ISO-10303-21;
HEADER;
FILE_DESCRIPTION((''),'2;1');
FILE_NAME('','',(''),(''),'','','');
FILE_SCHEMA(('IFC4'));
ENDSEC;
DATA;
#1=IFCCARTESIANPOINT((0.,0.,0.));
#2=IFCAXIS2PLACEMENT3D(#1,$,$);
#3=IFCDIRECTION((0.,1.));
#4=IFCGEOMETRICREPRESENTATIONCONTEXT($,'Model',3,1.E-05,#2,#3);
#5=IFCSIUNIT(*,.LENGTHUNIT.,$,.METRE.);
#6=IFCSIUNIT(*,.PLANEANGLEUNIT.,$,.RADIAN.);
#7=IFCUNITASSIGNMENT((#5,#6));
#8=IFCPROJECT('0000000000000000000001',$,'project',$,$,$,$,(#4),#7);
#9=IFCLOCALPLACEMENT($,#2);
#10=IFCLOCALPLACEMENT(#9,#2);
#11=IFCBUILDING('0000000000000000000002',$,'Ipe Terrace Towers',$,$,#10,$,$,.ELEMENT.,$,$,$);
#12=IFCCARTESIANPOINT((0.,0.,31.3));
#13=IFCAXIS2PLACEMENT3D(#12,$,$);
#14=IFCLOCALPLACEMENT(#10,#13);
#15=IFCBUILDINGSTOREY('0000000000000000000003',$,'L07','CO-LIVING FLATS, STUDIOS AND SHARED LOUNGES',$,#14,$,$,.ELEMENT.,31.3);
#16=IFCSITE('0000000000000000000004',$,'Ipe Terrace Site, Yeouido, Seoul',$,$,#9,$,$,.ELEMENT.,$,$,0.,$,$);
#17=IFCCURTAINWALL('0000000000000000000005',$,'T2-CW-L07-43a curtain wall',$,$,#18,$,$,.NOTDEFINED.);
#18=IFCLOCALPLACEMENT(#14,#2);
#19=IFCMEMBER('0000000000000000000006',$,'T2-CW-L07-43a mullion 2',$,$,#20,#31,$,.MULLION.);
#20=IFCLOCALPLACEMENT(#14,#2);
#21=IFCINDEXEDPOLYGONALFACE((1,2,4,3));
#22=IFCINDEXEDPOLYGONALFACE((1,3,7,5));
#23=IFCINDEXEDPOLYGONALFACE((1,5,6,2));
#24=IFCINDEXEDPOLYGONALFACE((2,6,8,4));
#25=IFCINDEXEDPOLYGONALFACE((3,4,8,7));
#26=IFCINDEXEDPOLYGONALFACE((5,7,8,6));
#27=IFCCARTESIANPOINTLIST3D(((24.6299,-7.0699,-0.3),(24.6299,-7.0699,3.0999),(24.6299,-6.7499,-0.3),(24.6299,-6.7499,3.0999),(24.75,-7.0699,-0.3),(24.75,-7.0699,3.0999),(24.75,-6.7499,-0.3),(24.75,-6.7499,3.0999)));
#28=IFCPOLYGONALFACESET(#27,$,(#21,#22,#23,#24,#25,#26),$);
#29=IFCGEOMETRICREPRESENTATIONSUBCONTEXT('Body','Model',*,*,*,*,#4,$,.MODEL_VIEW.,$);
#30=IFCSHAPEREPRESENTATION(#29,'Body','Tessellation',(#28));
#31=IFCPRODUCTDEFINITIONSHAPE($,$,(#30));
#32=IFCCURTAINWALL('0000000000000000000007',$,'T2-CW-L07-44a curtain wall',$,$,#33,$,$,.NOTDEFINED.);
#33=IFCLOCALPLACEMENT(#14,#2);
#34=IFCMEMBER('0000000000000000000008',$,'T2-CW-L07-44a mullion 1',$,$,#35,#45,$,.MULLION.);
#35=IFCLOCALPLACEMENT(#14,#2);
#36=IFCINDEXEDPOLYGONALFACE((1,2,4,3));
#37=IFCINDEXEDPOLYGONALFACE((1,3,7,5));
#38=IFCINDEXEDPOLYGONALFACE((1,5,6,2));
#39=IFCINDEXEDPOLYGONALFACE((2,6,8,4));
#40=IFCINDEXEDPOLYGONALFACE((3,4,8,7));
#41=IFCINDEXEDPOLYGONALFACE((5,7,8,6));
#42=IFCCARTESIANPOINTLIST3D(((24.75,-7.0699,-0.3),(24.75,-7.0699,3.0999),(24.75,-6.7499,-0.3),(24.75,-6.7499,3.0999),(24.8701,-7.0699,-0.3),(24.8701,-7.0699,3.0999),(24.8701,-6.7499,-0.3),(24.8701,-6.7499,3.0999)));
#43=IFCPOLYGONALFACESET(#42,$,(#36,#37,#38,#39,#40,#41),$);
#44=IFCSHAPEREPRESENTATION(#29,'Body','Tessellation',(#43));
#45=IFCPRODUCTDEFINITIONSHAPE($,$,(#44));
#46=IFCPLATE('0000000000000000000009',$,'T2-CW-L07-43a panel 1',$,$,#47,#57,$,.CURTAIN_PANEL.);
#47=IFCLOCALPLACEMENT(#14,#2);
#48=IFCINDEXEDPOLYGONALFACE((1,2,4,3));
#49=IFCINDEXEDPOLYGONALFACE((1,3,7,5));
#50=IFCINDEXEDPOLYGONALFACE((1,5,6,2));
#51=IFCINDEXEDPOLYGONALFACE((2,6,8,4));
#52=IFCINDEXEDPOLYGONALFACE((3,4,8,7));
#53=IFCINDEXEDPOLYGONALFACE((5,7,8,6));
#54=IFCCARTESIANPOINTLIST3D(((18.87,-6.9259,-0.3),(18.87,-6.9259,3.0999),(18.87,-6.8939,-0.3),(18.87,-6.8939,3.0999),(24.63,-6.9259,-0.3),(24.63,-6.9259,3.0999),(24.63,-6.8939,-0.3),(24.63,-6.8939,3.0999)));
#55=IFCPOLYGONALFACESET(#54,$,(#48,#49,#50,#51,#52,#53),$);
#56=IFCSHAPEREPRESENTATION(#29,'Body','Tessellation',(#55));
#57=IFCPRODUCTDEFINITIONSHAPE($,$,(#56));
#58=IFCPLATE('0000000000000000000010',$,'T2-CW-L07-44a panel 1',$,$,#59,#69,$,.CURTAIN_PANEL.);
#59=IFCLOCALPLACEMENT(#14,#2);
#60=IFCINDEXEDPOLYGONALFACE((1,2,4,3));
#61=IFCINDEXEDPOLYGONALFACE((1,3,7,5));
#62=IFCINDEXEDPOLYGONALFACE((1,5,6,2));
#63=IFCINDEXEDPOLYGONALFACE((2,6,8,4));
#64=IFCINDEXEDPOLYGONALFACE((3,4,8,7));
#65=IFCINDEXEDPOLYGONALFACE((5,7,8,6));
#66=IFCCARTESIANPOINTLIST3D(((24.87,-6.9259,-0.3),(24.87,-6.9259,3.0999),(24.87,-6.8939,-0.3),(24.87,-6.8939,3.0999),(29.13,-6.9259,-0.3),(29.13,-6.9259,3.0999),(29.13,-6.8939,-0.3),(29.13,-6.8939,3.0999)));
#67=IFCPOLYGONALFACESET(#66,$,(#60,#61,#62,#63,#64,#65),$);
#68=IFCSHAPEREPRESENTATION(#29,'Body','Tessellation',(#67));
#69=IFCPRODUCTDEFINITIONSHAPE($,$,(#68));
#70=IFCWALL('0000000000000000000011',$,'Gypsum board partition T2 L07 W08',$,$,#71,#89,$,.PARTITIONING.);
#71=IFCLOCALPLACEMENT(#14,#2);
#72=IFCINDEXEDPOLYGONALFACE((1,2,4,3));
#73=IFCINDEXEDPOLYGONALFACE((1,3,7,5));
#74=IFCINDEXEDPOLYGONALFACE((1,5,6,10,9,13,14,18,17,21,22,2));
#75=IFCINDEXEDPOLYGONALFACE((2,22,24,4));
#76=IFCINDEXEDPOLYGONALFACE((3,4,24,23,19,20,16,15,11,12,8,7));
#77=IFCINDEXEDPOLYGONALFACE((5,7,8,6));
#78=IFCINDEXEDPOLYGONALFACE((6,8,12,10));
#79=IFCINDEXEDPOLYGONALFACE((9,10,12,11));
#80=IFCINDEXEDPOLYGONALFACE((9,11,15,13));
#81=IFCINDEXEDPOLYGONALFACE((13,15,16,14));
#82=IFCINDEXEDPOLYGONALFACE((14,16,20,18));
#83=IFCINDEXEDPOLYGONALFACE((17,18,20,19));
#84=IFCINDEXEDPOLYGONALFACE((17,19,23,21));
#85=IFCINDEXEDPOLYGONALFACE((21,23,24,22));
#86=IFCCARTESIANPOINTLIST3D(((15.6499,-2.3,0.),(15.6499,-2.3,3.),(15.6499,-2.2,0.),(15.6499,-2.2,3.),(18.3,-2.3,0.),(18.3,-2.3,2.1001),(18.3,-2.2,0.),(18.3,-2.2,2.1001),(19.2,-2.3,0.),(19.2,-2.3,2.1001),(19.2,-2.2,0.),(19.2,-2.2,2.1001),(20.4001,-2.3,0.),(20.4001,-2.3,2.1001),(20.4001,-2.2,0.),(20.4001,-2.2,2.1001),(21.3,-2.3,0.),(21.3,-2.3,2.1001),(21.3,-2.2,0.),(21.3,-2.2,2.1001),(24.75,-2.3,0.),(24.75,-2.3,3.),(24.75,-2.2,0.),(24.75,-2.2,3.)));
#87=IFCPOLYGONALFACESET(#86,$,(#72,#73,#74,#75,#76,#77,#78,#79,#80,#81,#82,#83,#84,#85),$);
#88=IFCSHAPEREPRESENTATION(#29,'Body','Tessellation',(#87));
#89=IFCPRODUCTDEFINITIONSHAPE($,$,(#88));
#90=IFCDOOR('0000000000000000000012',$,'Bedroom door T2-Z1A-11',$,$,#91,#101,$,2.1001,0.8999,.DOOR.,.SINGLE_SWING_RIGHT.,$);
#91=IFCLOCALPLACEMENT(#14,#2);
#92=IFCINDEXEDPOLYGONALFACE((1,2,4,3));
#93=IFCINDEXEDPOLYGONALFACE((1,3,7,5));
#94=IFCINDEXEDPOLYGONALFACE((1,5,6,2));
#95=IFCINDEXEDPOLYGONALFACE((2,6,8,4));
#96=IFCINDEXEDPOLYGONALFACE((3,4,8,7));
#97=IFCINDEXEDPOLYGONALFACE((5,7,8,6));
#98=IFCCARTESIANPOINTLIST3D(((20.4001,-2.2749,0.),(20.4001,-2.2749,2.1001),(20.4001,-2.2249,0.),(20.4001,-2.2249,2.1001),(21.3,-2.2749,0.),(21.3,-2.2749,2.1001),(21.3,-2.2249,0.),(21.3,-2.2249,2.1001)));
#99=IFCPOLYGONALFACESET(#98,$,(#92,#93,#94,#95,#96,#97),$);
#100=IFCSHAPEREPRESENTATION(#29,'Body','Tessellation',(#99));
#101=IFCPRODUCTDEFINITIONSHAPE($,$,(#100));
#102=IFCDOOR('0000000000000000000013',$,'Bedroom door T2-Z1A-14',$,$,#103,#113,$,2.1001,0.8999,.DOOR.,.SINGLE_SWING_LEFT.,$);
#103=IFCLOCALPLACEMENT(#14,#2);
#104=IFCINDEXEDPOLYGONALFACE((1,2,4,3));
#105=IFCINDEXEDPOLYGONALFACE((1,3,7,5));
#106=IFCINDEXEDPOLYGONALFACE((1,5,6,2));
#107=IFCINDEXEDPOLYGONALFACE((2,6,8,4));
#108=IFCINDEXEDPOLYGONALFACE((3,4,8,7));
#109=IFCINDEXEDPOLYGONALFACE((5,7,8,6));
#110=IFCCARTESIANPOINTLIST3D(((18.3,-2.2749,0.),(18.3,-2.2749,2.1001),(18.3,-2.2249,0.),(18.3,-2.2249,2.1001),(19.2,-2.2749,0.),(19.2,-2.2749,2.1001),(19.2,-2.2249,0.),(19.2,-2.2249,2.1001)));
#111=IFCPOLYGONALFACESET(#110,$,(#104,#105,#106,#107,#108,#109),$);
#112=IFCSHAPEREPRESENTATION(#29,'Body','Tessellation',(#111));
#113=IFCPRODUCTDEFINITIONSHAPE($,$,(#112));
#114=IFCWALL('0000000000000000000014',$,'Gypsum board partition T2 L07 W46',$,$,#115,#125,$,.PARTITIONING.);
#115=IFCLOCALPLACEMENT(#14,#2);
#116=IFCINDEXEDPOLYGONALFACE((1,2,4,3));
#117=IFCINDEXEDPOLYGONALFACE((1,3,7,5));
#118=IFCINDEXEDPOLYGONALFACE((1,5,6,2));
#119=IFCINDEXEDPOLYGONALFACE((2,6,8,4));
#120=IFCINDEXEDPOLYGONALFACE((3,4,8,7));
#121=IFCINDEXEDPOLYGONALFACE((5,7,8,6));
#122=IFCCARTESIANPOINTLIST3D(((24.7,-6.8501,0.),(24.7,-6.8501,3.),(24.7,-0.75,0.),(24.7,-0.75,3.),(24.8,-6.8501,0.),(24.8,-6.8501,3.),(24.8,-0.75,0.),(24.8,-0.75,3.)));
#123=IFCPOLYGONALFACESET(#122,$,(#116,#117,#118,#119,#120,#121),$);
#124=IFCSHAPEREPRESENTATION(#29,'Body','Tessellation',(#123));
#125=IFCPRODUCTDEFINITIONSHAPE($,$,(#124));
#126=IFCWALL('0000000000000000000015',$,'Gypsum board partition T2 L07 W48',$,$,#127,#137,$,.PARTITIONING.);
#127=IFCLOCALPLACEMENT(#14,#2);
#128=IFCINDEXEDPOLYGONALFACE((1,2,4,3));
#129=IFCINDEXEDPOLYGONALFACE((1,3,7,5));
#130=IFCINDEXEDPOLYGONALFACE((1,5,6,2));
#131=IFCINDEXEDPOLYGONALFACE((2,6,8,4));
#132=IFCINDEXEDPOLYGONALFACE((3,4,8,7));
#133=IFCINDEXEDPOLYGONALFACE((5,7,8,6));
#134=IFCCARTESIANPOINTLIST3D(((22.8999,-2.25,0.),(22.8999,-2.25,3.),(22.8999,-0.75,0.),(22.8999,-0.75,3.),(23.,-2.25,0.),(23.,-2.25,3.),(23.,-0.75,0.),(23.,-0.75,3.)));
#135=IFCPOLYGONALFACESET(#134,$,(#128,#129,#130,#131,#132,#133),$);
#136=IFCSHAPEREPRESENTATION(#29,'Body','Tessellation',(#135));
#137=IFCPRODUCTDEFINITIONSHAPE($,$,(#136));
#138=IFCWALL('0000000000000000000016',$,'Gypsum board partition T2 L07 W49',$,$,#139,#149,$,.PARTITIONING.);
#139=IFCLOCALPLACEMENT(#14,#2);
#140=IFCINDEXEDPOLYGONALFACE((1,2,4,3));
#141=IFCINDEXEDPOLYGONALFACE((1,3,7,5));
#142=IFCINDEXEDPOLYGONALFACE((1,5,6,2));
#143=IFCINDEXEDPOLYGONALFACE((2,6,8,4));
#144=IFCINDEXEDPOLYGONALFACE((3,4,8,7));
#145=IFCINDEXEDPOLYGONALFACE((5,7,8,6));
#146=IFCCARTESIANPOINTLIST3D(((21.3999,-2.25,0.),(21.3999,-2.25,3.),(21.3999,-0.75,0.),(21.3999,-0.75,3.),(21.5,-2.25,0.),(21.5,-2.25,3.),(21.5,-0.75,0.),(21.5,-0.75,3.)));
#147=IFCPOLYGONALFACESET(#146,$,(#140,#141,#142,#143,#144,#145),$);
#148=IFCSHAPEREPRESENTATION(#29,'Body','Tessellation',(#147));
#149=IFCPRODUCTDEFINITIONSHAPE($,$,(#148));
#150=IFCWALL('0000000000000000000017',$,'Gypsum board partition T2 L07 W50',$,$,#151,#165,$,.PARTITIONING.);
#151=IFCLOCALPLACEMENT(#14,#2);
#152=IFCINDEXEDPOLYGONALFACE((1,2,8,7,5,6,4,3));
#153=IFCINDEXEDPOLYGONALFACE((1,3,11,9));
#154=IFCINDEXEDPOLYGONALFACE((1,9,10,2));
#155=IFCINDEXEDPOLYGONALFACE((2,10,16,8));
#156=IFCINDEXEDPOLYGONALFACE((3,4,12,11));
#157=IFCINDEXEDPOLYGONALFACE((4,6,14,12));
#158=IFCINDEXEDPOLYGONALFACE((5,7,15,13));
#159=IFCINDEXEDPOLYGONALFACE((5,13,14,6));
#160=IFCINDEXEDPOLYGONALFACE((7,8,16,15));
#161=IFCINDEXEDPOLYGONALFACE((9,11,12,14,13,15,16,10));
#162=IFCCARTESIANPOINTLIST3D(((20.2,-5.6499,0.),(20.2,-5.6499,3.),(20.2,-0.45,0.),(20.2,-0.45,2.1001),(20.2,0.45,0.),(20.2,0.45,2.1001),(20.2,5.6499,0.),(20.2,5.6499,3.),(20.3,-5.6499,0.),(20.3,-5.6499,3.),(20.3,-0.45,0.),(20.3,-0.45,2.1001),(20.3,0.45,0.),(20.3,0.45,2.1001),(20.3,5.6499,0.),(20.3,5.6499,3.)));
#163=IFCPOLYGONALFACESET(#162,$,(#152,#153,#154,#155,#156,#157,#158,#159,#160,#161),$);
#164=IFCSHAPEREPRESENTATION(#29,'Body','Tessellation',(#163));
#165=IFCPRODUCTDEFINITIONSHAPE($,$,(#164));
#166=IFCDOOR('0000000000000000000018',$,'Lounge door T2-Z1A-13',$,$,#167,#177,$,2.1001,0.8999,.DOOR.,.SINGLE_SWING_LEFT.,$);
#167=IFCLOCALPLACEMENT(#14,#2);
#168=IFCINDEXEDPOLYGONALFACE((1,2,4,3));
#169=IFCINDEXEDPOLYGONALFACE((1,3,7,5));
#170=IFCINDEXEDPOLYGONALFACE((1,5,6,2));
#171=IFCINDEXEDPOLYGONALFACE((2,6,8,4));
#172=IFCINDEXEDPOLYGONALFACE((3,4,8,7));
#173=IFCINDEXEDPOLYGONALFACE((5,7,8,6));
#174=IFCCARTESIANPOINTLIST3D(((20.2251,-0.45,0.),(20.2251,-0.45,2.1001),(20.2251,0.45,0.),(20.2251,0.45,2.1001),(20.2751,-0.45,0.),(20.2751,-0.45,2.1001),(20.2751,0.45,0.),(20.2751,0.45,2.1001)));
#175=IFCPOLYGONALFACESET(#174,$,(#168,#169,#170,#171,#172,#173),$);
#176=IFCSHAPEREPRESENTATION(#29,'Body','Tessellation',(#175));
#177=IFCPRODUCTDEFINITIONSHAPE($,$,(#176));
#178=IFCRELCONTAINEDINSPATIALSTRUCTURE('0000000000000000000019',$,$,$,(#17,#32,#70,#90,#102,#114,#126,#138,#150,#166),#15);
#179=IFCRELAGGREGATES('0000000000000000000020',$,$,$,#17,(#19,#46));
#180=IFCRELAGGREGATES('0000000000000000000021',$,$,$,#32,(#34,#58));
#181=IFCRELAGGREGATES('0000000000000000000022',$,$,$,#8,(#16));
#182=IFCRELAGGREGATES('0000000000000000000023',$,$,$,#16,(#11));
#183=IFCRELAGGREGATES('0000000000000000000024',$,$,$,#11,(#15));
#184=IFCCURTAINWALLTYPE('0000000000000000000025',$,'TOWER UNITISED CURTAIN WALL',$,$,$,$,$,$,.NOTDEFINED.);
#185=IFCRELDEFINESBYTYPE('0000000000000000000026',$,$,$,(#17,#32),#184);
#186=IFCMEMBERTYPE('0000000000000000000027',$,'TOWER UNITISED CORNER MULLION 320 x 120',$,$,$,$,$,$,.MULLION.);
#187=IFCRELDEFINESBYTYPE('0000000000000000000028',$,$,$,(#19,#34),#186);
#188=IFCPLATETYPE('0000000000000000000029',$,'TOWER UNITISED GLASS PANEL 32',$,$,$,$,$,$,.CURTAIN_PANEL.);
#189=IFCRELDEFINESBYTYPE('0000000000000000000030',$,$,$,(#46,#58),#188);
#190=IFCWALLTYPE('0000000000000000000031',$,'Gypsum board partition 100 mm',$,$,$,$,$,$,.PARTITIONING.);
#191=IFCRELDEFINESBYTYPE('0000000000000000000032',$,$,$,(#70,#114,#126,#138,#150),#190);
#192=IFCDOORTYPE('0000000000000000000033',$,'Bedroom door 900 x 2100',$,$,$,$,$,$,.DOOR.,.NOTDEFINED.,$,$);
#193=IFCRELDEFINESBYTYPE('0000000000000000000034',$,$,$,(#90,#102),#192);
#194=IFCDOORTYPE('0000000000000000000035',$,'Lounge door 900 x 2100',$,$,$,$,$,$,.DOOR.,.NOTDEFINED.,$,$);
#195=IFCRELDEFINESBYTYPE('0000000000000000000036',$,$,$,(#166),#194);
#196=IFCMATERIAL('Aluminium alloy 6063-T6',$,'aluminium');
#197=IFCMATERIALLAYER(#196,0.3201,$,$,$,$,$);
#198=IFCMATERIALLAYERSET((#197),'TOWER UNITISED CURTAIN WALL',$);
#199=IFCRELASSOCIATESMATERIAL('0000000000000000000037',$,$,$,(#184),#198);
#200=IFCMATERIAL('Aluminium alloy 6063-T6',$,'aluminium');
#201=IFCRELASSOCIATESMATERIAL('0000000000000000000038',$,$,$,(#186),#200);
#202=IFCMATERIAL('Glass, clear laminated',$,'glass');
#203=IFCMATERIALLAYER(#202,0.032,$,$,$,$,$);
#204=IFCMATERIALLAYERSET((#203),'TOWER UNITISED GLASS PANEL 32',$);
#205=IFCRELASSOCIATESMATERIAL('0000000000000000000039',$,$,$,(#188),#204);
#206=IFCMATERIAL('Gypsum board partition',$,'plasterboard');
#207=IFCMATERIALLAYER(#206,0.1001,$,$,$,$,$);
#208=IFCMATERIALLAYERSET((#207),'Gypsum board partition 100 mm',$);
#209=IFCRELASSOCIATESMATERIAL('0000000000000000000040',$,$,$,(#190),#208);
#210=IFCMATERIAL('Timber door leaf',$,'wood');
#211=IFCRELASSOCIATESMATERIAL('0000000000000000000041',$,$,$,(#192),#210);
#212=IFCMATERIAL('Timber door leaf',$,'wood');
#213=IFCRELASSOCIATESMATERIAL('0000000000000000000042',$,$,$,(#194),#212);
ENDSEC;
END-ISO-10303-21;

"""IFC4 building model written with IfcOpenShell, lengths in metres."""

from ifc_helpers import new_model, si_unit, direction, frame, frame_2d, origin, origin_2d, place, context, subcontext, project, spatial, rectangle, extrude, material, layer, layer_set, material_profile, profile_set, type_object, element, fill, aggregate, save


model = new_model("IFC4")

# Units and contexts
model_context = context("Model", 3, precision=1e-05, world=origin(), true_north=direction((0.0, 1.0)))
body_context = subcontext(model_context, "Body", "Model", "MODEL_VIEW")
ifc_project = project(units=[si_unit("LENGTHUNIT", "METRE"), si_unit("PLANEANGLEUNIT", "RADIAN")], contexts=[model_context])

# Site, building, storey
site_placement = place(None, origin())
site = spatial("IfcSite", under=ifc_project, at=site_placement, Name="Ipe Terrace Site, Yeouido, Seoul", CompositionType="ELEMENT", RefElevation=0.0)
building_placement = place(site_placement, origin())
building = spatial("IfcBuilding", under=site, at=building_placement, Name="Ipe Terrace Towers", CompositionType="ELEMENT")
storey_placement = place(building_placement, frame((0.0, 0.0, 31.3)))
storey = spatial("IfcBuildingStorey", under=building, at=storey_placement, Name="L07", Description="CO-LIVING FLATS, STUDIOS AND SHARED LOUNGES", CompositionType="ELEMENT", Elevation=31.3)

# Curtain walls, members
ifc_material_1 = material(Name="Aluminium alloy 6063-T6", Category="aluminium")
ifc_layer_1 = layer(ifc_material_1, 0.3201)
ifc_layer_set_1 = layer_set([ifc_layer_1], Name="TOWER UNITISED CURTAIN WALL")
curtain_wall_type = type_object("IfcCurtainWallType", Name="TOWER UNITISED CURTAIN WALL", PredefinedType="NOTDEFINED", material=ifc_layer_set_1)
curtain_wall_1_placement = place(storey_placement, origin())
curtain_wall_1 = element("IfcCurtainWall", 1, at=curtain_wall_1_placement, inside=storey, type_object=curtain_wall_type, Name="T2-CW-L07-43a curtain wall", PredefinedType="NOTDEFINED")
ifc_material_2 = material(Name="Aluminium alloy 6063-T6", Category="aluminium")
ifc_material_profile_1 = material_profile(ifc_material_2, rectangle(XDim=0.3201, YDim=0.1201, at=origin_2d()), Name="TOWER UNITISED CORNER MULLION 320 x 120")
ifc_profile_set_1 = profile_set([ifc_material_profile_1], Name="Aluminium alloy 6063-T6")
member_type = type_object("IfcMemberType", Name="TOWER UNITISED CORNER MULLION 320 x 120", PredefinedType="MULLION", material=ifc_profile_set_1)
member_1_placement = place(storey_placement, frame((24.6899, -6.9099, -0.3), z_axis=(0.0, 0.0, 1.0), x_axis=(0.0, -1.0, 0.0)))
member_1 = element("IfcMember", 2, at=member_1_placement, type_object=member_type, Name="T2-CW-L07-43a mullion 2", PredefinedType="MULLION", context=body_context, shape_type="SweptSolid", body=[
    extrude(rectangle(XDim=0.3201, YDim=0.1201, at=origin_2d()), origin(), (0.0, 0.0, 1.0), 3.3999),
])
curtain_wall_2_placement = place(storey_placement, origin())
curtain_wall_2 = element("IfcCurtainWall", 3, at=curtain_wall_2_placement, inside=storey, type_object=curtain_wall_type, Name="T2-CW-L07-44a curtain wall", PredefinedType="NOTDEFINED")
member_2_placement = place(storey_placement, frame((24.8101, -6.9099, -0.3), z_axis=(0.0, 0.0, 1.0), x_axis=(0.0, -1.0, 0.0)))
member_2 = element("IfcMember", 4, at=member_2_placement, type_object=member_type, Name="T2-CW-L07-44a mullion 1", PredefinedType="MULLION", context=body_context, shape_type="SweptSolid", body=[
    extrude(rectangle(XDim=0.3201, YDim=0.1201, at=origin_2d()), origin(), (0.0, 0.0, 1.0), 3.3999),
])

# Plates
ifc_material_3 = material(Name="Glass, clear laminated", Category="glass")
ifc_layer_2 = layer(ifc_material_3, 0.032)
ifc_layer_set_2 = layer_set([ifc_layer_2], Name="TOWER UNITISED GLASS PANEL 32")
plate_type = type_object("IfcPlateType", Name="TOWER UNITISED GLASS PANEL 32", PredefinedType="CURTAIN_PANEL", material=ifc_layer_set_2)
plate_1_placement = place(storey_placement, frame((21.75, -6.9099, -0.3), z_axis=(0.0, 0.0, 1.0), x_axis=(1.0, 0.0, 0.0)))
plate_1 = element("IfcPlate", 5, at=plate_1_placement, type_object=plate_type, Name="T2-CW-L07-43a panel 1", PredefinedType="CURTAIN_PANEL", context=body_context, shape_type="SweptSolid", body=[
    extrude(rectangle(XDim=5.76, YDim=0.032, at=origin_2d()), origin(), (0.0, 0.0, 1.0), 3.3999),
])
aggregate(curtain_wall_1, [member_1, plate_1])
plate_2_placement = place(storey_placement, frame((27.0, -6.9099, -0.3), z_axis=(0.0, 0.0, 1.0), x_axis=(1.0, 0.0, 0.0)))
plate_2 = element("IfcPlate", 6, at=plate_2_placement, type_object=plate_type, Name="T2-CW-L07-44a panel 1", PredefinedType="CURTAIN_PANEL", context=body_context, shape_type="SweptSolid", body=[
    extrude(rectangle(XDim=4.26, YDim=0.032, at=origin_2d()), origin(), (0.0, 0.0, 1.0), 3.3999),
])
aggregate(curtain_wall_2, [member_2, plate_2])

# Wall, openings, doors
ifc_material_4 = material(Name="Gypsum board partition", Category="plasterboard")
ifc_layer_3 = layer(ifc_material_4, 0.1001)
ifc_layer_set_3 = layer_set([ifc_layer_3], Name="Gypsum board partition 100 mm")
wall_type = type_object("IfcWallType", Name="Gypsum board partition 100 mm", PredefinedType="PARTITIONING", material=ifc_layer_set_3)
wall_1_placement = place(storey_placement, frame((24.75, -2.25, 0.0), z_axis=(0.0, 0.0, 1.0), x_axis=(-1.0, 0.0, 0.0)))
wall_1 = element("IfcWall", 7, at=wall_1_placement, inside=storey, type_object=wall_type, Name="Gypsum board partition T2 L07 W08", PredefinedType="PARTITIONING", context=body_context, shape_type="SweptSolid", body=[
    extrude(rectangle(XDim=9.1001, YDim=0.1001, at=frame_2d((4.55, 0.0))), origin(), (0.0, 0.0, 1.0), 3.0),
])
opening_1_placement = place(wall_1_placement, frame((3.45, 0.0, 0.0)))
opening_1 = element("IfcOpeningElement", 8, at=opening_1_placement, cuts=wall_1, PredefinedType="OPENING", context=body_context, shape_type="SweptSolid", body=[
    extrude(rectangle(XDim=0.8999, YDim=2.1001, at=frame_2d((0.45, 1.05))), frame((0.0, 0.0601, 0.0), z_axis=(0.0, -1.0, 0.0), x_axis=(1.0, 0.0, 0.0)), (0.0, 0.0, 1.0), 0.1201),
])
opening_2_placement = place(wall_1_placement, frame((5.55, 0.0, 0.0)))
opening_2 = element("IfcOpeningElement", 9, at=opening_2_placement, cuts=wall_1, PredefinedType="OPENING", context=body_context, shape_type="SweptSolid", body=[
    extrude(rectangle(XDim=0.8999, YDim=2.1001, at=frame_2d((0.45, 1.05))), frame((0.0, 0.0601, 0.0), z_axis=(0.0, -1.0, 0.0), x_axis=(1.0, 0.0, 0.0)), (0.0, 0.0, 1.0), 0.1201),
])
ifc_material_5 = material(Name="Timber door leaf", Category="wood")
door_type_1 = type_object("IfcDoorType", Name="Bedroom door 900 x 2100", OperationType="NOTDEFINED", PredefinedType="DOOR", material=ifc_material_5)
door_1_placement = place(opening_1_placement, origin())
door_1 = element("IfcDoor", 10, at=door_1_placement, inside=storey, type_object=door_type_1, Name="Bedroom door T2-Z1A-11", OperationType="SINGLE_SWING_RIGHT", OverallHeight=2.1001, OverallWidth=0.8999, PredefinedType="DOOR", context=body_context, shape_type="SweptSolid", body=[
    extrude(rectangle(XDim=0.8999, YDim=2.1001, at=frame_2d((0.45, 1.05))), frame((0.0, 0.0249, 0.0), z_axis=(0.0, -1.0, 0.0), x_axis=(1.0, 0.0, 0.0)), (0.0, 0.0, 1.0), 0.05),
])
fill(opening_1, door_1)
door_2_placement = place(opening_2_placement, origin())
door_2 = element("IfcDoor", 11, at=door_2_placement, inside=storey, type_object=door_type_1, Name="Bedroom door T2-Z1A-14", OperationType="SINGLE_SWING_LEFT", OverallHeight=2.1001, OverallWidth=0.8999, PredefinedType="DOOR", context=body_context, shape_type="SweptSolid", body=[
    extrude(rectangle(XDim=0.8999, YDim=2.1001, at=frame_2d((0.45, 1.05))), frame((0.0, 0.0249, 0.0), z_axis=(0.0, -1.0, 0.0), x_axis=(1.0, 0.0, 0.0)), (0.0, 0.0, 1.0), 0.05),
])
fill(opening_2, door_2)

# Walls
wall_2_placement = place(storey_placement, frame((24.75, -6.8501, 0.0), z_axis=(0.0, 0.0, 1.0), x_axis=(0.0, 1.0, 0.0)))
element("IfcWall", 12, at=wall_2_placement, inside=storey, type_object=wall_type, Name="Gypsum board partition T2 L07 W46", PredefinedType="PARTITIONING", context=body_context, shape_type="SweptSolid", body=[
    extrude(rectangle(XDim=6.1001, YDim=0.1001, at=frame_2d((3.05, 0.0))), origin(), (0.0, 0.0, 1.0), 3.0),
])
for number, where, z_axis, x_axis, name in (
    (13, (22.95, -2.25, 0.0), (0.0, 0.0, 1.0), (0.0, 1.0, 0.0), "Gypsum board partition T2 L07 W48"),
    (14, (21.45, -2.25, 0.0), (0.0, 0.0, 1.0), (0.0, 1.0, 0.0), "Gypsum board partition T2 L07 W49"),
):
    element("IfcWall", number, at=place(storey_placement, frame(where, z_axis=z_axis, x_axis=x_axis)), inside=storey, type_object=wall_type, Name=name, PredefinedType="PARTITIONING", context=body_context, shape_type="SweptSolid", body=[
        extrude(rectangle(XDim=1.5, YDim=0.1001, at=frame_2d((0.75, 0.0))), origin(), (0.0, 0.0, 1.0), 3.0),
    ])

# Wall, opening, door
wall_3_placement = place(storey_placement, frame((20.25, -5.6499, 0.0), z_axis=(0.0, 0.0, 1.0), x_axis=(0.0, 1.0, 0.0)))
wall_3 = element("IfcWall", 15, at=wall_3_placement, inside=storey, type_object=wall_type, Name="Gypsum board partition T2 L07 W50", PredefinedType="PARTITIONING", context=body_context, shape_type="SweptSolid", body=[
    extrude(rectangle(XDim=11.2998, YDim=0.1001, at=frame_2d((5.6499, 0.0))), origin(), (0.0, 0.0, 1.0), 3.0),
])
opening_3_placement = place(wall_3_placement, frame((5.2, 0.0, 0.0)))
opening_3 = element("IfcOpeningElement", 16, at=opening_3_placement, cuts=wall_3, PredefinedType="OPENING", context=body_context, shape_type="SweptSolid", body=[
    extrude(rectangle(XDim=0.8999, YDim=2.1001, at=frame_2d((0.45, 1.05))), frame((0.0, 0.0601, 0.0), z_axis=(0.0, -1.0, 0.0), x_axis=(1.0, 0.0, 0.0)), (0.0, 0.0, 1.0), 0.1201),
])
ifc_material_6 = material(Name="Timber door leaf", Category="wood")
door_type_2 = type_object("IfcDoorType", Name="Lounge door 900 x 2100", OperationType="NOTDEFINED", PredefinedType="DOOR", material=ifc_material_6)
door_3_placement = place(opening_3_placement, origin())
door_3 = element("IfcDoor", 17, at=door_3_placement, inside=storey, type_object=door_type_2, Name="Lounge door T2-Z1A-13", OperationType="SINGLE_SWING_LEFT", OverallHeight=2.1001, OverallWidth=0.8999, PredefinedType="DOOR", context=body_context, shape_type="SweptSolid", body=[
    extrude(rectangle(XDim=0.8999, YDim=2.1001, at=frame_2d((0.45, 1.05))), frame((0.0, 0.0249, 0.0), z_axis=(0.0, -1.0, 0.0), x_axis=(1.0, 0.0, 0.0)), (0.0, 0.0, 1.0), 0.05),
])
fill(opening_3, door_3)

save(model, "model.ifc")
